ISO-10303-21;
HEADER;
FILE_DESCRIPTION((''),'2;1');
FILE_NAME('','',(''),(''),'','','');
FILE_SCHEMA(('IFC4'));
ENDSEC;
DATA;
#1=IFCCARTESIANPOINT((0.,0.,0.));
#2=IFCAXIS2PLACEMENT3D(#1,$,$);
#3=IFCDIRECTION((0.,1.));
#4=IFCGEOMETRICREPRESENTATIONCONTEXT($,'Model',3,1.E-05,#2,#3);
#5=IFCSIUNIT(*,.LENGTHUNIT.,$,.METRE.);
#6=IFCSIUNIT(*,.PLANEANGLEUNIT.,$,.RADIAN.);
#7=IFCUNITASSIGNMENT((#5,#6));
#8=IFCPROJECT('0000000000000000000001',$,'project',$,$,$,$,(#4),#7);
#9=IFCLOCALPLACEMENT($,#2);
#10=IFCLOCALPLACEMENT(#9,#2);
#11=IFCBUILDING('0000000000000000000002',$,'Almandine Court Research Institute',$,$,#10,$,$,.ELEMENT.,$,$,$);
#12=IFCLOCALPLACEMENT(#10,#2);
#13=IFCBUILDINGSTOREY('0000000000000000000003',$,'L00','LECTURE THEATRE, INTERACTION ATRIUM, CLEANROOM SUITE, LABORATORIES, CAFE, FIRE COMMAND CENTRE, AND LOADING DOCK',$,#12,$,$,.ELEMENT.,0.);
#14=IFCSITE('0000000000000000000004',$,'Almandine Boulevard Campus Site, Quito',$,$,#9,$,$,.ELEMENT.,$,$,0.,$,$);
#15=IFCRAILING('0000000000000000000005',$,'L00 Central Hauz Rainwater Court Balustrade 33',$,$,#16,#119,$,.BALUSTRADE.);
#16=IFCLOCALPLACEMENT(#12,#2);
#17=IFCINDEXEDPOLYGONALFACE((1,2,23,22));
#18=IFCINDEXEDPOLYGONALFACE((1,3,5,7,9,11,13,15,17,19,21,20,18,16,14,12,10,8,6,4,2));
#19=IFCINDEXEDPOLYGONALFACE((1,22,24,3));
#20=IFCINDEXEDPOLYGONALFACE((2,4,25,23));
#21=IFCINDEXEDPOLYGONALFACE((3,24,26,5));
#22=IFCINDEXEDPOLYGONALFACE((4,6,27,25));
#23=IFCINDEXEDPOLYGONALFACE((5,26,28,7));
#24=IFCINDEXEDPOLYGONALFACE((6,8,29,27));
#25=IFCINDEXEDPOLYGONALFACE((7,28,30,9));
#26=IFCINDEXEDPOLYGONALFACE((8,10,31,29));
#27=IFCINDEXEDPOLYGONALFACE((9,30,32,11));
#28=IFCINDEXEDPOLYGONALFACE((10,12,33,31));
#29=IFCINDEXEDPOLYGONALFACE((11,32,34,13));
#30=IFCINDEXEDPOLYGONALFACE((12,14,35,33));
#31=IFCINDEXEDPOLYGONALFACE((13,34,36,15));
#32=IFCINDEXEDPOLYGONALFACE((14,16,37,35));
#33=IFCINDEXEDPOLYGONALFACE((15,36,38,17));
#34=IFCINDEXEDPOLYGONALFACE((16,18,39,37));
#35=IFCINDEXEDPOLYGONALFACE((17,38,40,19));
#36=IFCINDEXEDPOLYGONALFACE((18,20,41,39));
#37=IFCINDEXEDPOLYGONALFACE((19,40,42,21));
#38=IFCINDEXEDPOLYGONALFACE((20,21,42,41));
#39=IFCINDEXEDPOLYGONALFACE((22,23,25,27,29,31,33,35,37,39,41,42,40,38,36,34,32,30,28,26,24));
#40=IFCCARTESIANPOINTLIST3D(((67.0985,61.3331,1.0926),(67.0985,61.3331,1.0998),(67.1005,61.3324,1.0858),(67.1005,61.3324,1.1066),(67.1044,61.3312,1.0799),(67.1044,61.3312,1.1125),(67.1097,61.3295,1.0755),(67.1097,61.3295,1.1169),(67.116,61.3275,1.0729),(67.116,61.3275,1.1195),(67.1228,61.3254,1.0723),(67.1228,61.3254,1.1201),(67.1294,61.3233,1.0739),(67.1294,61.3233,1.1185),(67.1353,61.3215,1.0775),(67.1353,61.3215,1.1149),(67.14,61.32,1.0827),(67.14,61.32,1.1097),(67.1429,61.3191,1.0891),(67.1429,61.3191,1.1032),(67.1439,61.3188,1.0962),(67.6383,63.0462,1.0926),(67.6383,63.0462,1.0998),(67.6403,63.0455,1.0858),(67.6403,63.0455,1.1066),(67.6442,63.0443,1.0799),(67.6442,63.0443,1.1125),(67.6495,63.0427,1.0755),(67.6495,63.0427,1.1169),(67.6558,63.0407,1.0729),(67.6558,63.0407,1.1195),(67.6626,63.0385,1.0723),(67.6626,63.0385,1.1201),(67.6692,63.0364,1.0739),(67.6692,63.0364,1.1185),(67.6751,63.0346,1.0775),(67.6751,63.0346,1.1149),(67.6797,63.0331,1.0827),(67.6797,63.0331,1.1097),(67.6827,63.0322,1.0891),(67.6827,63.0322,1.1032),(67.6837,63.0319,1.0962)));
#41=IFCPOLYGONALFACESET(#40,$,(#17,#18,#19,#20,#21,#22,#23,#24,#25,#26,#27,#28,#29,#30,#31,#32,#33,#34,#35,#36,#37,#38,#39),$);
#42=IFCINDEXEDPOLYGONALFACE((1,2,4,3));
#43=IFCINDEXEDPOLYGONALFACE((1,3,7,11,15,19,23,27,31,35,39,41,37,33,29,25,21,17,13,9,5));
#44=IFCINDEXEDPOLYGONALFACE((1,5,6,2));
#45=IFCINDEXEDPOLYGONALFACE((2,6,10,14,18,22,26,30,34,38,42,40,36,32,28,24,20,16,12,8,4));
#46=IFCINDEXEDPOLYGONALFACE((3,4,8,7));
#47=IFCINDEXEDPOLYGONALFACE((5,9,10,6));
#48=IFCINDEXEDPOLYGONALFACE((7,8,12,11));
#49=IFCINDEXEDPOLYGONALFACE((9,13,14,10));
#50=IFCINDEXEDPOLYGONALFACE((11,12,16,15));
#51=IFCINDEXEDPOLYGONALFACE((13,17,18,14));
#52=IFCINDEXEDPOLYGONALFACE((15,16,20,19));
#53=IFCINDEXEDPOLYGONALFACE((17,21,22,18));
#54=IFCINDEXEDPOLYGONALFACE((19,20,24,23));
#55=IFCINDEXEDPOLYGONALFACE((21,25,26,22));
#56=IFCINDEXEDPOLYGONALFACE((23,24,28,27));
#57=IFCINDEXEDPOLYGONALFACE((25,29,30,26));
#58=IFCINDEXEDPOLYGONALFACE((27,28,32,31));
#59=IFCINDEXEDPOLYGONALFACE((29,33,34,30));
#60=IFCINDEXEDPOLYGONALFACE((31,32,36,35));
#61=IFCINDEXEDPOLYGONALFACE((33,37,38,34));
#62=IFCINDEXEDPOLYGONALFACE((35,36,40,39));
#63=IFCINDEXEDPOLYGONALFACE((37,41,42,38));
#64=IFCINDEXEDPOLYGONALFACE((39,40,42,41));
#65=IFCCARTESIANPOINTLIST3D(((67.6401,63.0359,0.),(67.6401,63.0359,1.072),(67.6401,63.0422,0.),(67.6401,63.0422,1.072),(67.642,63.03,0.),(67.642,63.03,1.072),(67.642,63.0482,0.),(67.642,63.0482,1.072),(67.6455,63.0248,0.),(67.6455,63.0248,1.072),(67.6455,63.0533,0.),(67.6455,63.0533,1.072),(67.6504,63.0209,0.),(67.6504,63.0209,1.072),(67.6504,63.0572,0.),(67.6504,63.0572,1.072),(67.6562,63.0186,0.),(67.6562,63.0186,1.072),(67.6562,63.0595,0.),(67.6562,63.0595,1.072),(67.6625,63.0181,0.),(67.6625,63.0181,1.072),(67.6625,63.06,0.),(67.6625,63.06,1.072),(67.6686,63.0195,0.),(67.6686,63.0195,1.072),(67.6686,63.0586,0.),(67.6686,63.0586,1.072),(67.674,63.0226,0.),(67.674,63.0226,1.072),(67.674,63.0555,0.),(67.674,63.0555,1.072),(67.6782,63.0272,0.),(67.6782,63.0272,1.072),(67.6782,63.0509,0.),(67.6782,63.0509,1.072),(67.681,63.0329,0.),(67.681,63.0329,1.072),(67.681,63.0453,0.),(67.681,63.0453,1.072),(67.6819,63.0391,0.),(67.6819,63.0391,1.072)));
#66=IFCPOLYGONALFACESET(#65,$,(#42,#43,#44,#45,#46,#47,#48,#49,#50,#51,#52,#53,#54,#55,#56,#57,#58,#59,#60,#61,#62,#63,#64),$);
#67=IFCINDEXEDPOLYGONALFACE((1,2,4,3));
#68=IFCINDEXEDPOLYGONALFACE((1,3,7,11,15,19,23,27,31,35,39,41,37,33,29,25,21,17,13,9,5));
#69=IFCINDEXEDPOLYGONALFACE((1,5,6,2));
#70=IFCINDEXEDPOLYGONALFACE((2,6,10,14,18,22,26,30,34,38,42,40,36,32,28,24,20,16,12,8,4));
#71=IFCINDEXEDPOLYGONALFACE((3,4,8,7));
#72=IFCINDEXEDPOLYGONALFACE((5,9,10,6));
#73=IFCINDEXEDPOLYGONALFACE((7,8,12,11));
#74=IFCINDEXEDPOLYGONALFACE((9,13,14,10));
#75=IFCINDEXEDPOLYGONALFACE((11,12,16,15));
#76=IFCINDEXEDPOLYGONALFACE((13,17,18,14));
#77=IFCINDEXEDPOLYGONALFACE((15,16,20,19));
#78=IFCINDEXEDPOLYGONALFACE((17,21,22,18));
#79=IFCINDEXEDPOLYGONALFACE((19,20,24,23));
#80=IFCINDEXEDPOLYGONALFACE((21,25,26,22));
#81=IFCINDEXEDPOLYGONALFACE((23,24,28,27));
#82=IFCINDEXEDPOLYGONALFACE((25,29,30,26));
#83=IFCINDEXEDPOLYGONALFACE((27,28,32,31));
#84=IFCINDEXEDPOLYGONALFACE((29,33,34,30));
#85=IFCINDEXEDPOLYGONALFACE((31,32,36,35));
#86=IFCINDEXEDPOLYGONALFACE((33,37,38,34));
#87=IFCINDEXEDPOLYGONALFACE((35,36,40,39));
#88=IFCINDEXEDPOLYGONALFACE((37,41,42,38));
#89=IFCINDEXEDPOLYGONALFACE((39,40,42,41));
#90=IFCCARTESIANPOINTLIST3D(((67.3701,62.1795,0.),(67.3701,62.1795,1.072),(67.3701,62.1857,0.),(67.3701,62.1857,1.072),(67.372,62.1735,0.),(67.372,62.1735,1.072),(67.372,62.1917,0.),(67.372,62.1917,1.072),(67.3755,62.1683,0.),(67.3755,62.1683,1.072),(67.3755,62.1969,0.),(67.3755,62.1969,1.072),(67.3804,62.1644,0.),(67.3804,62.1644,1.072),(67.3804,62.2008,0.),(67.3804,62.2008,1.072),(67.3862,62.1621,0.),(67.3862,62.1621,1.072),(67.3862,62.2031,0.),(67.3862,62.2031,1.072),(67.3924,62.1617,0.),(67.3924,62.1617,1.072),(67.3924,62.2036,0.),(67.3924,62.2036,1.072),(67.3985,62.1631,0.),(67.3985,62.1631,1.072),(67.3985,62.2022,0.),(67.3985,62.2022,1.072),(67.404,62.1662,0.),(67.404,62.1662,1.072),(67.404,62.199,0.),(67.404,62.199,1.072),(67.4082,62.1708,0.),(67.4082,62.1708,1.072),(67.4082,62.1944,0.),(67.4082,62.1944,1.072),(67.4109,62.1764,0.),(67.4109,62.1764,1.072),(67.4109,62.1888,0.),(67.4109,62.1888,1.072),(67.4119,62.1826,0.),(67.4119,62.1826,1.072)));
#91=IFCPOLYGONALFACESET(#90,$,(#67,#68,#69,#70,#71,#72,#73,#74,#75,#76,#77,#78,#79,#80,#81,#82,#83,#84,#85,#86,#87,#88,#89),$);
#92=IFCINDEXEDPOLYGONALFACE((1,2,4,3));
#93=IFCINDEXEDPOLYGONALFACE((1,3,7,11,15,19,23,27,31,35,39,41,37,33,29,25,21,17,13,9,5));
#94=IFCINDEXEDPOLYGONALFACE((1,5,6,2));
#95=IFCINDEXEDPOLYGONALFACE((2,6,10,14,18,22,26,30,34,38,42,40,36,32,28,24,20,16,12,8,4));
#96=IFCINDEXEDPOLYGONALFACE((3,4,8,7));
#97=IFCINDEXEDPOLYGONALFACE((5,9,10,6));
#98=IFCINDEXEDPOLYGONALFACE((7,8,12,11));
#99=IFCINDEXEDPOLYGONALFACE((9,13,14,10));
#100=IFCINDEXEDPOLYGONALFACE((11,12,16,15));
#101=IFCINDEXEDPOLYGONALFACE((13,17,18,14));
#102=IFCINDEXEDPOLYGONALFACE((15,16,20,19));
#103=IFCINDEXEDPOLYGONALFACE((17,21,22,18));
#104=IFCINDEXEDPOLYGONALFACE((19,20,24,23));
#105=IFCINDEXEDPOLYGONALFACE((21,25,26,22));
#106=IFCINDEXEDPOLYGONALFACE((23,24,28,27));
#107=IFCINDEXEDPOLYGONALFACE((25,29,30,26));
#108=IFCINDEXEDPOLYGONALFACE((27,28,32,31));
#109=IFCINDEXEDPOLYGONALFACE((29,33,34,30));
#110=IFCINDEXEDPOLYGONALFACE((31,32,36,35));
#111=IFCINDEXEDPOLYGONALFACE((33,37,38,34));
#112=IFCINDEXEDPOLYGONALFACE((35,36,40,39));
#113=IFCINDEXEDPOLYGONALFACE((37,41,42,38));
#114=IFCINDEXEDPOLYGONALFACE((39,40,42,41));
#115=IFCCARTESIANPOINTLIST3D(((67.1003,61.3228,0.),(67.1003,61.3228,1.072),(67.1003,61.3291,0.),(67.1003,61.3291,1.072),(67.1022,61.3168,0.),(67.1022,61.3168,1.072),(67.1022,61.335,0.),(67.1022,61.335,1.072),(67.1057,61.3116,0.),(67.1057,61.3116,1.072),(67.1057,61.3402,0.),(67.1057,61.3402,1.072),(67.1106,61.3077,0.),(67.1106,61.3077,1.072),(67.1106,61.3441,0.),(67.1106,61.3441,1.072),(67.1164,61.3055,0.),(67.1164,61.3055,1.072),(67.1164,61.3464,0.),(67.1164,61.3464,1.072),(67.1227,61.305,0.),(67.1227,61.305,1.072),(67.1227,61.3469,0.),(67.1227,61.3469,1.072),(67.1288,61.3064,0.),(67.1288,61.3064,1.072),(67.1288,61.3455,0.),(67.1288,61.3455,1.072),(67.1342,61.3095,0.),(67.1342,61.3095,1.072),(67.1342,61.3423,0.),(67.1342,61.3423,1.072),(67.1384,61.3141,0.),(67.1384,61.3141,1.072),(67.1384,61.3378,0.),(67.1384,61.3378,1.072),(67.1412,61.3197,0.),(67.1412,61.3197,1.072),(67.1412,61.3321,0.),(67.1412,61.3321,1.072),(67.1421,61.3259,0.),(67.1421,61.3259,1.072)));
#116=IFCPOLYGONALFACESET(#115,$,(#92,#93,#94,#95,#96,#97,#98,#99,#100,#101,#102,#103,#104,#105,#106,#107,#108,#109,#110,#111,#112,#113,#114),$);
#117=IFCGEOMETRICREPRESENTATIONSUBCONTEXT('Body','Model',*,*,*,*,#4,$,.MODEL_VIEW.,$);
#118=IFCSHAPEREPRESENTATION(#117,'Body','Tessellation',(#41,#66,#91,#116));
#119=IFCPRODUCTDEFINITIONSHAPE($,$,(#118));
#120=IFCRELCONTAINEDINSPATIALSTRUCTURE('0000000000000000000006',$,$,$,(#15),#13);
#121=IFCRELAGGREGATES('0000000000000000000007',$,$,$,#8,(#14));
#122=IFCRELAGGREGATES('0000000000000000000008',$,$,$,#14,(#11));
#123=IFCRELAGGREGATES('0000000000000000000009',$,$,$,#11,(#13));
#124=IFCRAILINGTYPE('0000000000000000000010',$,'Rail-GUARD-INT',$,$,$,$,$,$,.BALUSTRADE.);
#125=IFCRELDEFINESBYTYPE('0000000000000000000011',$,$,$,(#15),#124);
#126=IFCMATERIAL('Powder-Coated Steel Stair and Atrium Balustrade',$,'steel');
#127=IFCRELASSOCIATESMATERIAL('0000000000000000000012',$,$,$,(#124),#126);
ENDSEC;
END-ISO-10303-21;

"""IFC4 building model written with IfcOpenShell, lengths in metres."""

from ifc_helpers import new_model, si_unit, direction, frame, origin, origin_2d, place, context, subcontext, project, spatial, circle, extrude, material, type_object, element, save


model = new_model("IFC4")

# Units and contexts
model_context = context("Model", 3, precision=1e-05, world=origin(), true_north=direction((0.0, 1.0)))
body_context = subcontext(model_context, "Body", "Model", "MODEL_VIEW")
ifc_project = project(units=[si_unit("LENGTHUNIT", "METRE"), si_unit("PLANEANGLEUNIT", "RADIAN")], contexts=[model_context])

# Site, building, storey
site_placement = place(None, origin())
site = spatial("IfcSite", under=ifc_project, at=site_placement, Name="Almandine Boulevard Campus Site, Quito", CompositionType="ELEMENT", RefElevation=0.0)
building_placement = place(site_placement, origin())
building = spatial("IfcBuilding", under=site, at=building_placement, Name="Almandine Court Research Institute", CompositionType="ELEMENT")
storey_placement = place(building_placement, origin())
storey = spatial("IfcBuildingStorey", under=building, at=storey_placement, Name="L00", Description="LECTURE THEATRE, INTERACTION ATRIUM, CLEANROOM SUITE, LABORATORIES, CAFE, FIRE COMMAND CENTRE, AND LOADING DOCK", CompositionType="ELEMENT", Elevation=0.0)

# Railing
ifc_material_1 = material(Name="Powder-Coated Steel Stair and Atrium Balustrade", Category="steel")
railing_type = type_object("IfcRailingType", Name="Rail-GUARD-INT", PredefinedType="BALUSTRADE", material=ifc_material_1)
railing_1_placement = place(storey_placement, frame((67.6609, 63.0391, 0.0)))
element("IfcRailing", 1, at=railing_1_placement, inside=storey, type_object=railing_type, Name="L00 Central Hauz Rainwater Court Balustrade 33", PredefinedType="BALUSTRADE", context=body_context, shape_type="SweptSolid", body=[
    extrude(circle(Radius=0.0239, at=origin_2d()), frame((0.0, 0.0, 1.0962), z_axis=(-0.300526, -0.953774, 0.0), x_axis=(0.953774, -0.300526, 0.0)), (0.0, 0.0, 1.0), 1.7961),
    extrude(circle(Radius=0.021, at=origin_2d()), origin(), (0.0, 0.0, 1.0), 1.072),
    extrude(circle(Radius=0.021, at=origin_2d()), frame((-0.27, -0.8564, 0.0)), (0.0, 0.0, 1.0), 1.072),
    extrude(circle(Radius=0.021, at=origin_2d()), frame((-0.5398, -1.7131, 0.0)), (0.0, 0.0, 1.0), 1.072),
])

save(model, "model.ifc")
